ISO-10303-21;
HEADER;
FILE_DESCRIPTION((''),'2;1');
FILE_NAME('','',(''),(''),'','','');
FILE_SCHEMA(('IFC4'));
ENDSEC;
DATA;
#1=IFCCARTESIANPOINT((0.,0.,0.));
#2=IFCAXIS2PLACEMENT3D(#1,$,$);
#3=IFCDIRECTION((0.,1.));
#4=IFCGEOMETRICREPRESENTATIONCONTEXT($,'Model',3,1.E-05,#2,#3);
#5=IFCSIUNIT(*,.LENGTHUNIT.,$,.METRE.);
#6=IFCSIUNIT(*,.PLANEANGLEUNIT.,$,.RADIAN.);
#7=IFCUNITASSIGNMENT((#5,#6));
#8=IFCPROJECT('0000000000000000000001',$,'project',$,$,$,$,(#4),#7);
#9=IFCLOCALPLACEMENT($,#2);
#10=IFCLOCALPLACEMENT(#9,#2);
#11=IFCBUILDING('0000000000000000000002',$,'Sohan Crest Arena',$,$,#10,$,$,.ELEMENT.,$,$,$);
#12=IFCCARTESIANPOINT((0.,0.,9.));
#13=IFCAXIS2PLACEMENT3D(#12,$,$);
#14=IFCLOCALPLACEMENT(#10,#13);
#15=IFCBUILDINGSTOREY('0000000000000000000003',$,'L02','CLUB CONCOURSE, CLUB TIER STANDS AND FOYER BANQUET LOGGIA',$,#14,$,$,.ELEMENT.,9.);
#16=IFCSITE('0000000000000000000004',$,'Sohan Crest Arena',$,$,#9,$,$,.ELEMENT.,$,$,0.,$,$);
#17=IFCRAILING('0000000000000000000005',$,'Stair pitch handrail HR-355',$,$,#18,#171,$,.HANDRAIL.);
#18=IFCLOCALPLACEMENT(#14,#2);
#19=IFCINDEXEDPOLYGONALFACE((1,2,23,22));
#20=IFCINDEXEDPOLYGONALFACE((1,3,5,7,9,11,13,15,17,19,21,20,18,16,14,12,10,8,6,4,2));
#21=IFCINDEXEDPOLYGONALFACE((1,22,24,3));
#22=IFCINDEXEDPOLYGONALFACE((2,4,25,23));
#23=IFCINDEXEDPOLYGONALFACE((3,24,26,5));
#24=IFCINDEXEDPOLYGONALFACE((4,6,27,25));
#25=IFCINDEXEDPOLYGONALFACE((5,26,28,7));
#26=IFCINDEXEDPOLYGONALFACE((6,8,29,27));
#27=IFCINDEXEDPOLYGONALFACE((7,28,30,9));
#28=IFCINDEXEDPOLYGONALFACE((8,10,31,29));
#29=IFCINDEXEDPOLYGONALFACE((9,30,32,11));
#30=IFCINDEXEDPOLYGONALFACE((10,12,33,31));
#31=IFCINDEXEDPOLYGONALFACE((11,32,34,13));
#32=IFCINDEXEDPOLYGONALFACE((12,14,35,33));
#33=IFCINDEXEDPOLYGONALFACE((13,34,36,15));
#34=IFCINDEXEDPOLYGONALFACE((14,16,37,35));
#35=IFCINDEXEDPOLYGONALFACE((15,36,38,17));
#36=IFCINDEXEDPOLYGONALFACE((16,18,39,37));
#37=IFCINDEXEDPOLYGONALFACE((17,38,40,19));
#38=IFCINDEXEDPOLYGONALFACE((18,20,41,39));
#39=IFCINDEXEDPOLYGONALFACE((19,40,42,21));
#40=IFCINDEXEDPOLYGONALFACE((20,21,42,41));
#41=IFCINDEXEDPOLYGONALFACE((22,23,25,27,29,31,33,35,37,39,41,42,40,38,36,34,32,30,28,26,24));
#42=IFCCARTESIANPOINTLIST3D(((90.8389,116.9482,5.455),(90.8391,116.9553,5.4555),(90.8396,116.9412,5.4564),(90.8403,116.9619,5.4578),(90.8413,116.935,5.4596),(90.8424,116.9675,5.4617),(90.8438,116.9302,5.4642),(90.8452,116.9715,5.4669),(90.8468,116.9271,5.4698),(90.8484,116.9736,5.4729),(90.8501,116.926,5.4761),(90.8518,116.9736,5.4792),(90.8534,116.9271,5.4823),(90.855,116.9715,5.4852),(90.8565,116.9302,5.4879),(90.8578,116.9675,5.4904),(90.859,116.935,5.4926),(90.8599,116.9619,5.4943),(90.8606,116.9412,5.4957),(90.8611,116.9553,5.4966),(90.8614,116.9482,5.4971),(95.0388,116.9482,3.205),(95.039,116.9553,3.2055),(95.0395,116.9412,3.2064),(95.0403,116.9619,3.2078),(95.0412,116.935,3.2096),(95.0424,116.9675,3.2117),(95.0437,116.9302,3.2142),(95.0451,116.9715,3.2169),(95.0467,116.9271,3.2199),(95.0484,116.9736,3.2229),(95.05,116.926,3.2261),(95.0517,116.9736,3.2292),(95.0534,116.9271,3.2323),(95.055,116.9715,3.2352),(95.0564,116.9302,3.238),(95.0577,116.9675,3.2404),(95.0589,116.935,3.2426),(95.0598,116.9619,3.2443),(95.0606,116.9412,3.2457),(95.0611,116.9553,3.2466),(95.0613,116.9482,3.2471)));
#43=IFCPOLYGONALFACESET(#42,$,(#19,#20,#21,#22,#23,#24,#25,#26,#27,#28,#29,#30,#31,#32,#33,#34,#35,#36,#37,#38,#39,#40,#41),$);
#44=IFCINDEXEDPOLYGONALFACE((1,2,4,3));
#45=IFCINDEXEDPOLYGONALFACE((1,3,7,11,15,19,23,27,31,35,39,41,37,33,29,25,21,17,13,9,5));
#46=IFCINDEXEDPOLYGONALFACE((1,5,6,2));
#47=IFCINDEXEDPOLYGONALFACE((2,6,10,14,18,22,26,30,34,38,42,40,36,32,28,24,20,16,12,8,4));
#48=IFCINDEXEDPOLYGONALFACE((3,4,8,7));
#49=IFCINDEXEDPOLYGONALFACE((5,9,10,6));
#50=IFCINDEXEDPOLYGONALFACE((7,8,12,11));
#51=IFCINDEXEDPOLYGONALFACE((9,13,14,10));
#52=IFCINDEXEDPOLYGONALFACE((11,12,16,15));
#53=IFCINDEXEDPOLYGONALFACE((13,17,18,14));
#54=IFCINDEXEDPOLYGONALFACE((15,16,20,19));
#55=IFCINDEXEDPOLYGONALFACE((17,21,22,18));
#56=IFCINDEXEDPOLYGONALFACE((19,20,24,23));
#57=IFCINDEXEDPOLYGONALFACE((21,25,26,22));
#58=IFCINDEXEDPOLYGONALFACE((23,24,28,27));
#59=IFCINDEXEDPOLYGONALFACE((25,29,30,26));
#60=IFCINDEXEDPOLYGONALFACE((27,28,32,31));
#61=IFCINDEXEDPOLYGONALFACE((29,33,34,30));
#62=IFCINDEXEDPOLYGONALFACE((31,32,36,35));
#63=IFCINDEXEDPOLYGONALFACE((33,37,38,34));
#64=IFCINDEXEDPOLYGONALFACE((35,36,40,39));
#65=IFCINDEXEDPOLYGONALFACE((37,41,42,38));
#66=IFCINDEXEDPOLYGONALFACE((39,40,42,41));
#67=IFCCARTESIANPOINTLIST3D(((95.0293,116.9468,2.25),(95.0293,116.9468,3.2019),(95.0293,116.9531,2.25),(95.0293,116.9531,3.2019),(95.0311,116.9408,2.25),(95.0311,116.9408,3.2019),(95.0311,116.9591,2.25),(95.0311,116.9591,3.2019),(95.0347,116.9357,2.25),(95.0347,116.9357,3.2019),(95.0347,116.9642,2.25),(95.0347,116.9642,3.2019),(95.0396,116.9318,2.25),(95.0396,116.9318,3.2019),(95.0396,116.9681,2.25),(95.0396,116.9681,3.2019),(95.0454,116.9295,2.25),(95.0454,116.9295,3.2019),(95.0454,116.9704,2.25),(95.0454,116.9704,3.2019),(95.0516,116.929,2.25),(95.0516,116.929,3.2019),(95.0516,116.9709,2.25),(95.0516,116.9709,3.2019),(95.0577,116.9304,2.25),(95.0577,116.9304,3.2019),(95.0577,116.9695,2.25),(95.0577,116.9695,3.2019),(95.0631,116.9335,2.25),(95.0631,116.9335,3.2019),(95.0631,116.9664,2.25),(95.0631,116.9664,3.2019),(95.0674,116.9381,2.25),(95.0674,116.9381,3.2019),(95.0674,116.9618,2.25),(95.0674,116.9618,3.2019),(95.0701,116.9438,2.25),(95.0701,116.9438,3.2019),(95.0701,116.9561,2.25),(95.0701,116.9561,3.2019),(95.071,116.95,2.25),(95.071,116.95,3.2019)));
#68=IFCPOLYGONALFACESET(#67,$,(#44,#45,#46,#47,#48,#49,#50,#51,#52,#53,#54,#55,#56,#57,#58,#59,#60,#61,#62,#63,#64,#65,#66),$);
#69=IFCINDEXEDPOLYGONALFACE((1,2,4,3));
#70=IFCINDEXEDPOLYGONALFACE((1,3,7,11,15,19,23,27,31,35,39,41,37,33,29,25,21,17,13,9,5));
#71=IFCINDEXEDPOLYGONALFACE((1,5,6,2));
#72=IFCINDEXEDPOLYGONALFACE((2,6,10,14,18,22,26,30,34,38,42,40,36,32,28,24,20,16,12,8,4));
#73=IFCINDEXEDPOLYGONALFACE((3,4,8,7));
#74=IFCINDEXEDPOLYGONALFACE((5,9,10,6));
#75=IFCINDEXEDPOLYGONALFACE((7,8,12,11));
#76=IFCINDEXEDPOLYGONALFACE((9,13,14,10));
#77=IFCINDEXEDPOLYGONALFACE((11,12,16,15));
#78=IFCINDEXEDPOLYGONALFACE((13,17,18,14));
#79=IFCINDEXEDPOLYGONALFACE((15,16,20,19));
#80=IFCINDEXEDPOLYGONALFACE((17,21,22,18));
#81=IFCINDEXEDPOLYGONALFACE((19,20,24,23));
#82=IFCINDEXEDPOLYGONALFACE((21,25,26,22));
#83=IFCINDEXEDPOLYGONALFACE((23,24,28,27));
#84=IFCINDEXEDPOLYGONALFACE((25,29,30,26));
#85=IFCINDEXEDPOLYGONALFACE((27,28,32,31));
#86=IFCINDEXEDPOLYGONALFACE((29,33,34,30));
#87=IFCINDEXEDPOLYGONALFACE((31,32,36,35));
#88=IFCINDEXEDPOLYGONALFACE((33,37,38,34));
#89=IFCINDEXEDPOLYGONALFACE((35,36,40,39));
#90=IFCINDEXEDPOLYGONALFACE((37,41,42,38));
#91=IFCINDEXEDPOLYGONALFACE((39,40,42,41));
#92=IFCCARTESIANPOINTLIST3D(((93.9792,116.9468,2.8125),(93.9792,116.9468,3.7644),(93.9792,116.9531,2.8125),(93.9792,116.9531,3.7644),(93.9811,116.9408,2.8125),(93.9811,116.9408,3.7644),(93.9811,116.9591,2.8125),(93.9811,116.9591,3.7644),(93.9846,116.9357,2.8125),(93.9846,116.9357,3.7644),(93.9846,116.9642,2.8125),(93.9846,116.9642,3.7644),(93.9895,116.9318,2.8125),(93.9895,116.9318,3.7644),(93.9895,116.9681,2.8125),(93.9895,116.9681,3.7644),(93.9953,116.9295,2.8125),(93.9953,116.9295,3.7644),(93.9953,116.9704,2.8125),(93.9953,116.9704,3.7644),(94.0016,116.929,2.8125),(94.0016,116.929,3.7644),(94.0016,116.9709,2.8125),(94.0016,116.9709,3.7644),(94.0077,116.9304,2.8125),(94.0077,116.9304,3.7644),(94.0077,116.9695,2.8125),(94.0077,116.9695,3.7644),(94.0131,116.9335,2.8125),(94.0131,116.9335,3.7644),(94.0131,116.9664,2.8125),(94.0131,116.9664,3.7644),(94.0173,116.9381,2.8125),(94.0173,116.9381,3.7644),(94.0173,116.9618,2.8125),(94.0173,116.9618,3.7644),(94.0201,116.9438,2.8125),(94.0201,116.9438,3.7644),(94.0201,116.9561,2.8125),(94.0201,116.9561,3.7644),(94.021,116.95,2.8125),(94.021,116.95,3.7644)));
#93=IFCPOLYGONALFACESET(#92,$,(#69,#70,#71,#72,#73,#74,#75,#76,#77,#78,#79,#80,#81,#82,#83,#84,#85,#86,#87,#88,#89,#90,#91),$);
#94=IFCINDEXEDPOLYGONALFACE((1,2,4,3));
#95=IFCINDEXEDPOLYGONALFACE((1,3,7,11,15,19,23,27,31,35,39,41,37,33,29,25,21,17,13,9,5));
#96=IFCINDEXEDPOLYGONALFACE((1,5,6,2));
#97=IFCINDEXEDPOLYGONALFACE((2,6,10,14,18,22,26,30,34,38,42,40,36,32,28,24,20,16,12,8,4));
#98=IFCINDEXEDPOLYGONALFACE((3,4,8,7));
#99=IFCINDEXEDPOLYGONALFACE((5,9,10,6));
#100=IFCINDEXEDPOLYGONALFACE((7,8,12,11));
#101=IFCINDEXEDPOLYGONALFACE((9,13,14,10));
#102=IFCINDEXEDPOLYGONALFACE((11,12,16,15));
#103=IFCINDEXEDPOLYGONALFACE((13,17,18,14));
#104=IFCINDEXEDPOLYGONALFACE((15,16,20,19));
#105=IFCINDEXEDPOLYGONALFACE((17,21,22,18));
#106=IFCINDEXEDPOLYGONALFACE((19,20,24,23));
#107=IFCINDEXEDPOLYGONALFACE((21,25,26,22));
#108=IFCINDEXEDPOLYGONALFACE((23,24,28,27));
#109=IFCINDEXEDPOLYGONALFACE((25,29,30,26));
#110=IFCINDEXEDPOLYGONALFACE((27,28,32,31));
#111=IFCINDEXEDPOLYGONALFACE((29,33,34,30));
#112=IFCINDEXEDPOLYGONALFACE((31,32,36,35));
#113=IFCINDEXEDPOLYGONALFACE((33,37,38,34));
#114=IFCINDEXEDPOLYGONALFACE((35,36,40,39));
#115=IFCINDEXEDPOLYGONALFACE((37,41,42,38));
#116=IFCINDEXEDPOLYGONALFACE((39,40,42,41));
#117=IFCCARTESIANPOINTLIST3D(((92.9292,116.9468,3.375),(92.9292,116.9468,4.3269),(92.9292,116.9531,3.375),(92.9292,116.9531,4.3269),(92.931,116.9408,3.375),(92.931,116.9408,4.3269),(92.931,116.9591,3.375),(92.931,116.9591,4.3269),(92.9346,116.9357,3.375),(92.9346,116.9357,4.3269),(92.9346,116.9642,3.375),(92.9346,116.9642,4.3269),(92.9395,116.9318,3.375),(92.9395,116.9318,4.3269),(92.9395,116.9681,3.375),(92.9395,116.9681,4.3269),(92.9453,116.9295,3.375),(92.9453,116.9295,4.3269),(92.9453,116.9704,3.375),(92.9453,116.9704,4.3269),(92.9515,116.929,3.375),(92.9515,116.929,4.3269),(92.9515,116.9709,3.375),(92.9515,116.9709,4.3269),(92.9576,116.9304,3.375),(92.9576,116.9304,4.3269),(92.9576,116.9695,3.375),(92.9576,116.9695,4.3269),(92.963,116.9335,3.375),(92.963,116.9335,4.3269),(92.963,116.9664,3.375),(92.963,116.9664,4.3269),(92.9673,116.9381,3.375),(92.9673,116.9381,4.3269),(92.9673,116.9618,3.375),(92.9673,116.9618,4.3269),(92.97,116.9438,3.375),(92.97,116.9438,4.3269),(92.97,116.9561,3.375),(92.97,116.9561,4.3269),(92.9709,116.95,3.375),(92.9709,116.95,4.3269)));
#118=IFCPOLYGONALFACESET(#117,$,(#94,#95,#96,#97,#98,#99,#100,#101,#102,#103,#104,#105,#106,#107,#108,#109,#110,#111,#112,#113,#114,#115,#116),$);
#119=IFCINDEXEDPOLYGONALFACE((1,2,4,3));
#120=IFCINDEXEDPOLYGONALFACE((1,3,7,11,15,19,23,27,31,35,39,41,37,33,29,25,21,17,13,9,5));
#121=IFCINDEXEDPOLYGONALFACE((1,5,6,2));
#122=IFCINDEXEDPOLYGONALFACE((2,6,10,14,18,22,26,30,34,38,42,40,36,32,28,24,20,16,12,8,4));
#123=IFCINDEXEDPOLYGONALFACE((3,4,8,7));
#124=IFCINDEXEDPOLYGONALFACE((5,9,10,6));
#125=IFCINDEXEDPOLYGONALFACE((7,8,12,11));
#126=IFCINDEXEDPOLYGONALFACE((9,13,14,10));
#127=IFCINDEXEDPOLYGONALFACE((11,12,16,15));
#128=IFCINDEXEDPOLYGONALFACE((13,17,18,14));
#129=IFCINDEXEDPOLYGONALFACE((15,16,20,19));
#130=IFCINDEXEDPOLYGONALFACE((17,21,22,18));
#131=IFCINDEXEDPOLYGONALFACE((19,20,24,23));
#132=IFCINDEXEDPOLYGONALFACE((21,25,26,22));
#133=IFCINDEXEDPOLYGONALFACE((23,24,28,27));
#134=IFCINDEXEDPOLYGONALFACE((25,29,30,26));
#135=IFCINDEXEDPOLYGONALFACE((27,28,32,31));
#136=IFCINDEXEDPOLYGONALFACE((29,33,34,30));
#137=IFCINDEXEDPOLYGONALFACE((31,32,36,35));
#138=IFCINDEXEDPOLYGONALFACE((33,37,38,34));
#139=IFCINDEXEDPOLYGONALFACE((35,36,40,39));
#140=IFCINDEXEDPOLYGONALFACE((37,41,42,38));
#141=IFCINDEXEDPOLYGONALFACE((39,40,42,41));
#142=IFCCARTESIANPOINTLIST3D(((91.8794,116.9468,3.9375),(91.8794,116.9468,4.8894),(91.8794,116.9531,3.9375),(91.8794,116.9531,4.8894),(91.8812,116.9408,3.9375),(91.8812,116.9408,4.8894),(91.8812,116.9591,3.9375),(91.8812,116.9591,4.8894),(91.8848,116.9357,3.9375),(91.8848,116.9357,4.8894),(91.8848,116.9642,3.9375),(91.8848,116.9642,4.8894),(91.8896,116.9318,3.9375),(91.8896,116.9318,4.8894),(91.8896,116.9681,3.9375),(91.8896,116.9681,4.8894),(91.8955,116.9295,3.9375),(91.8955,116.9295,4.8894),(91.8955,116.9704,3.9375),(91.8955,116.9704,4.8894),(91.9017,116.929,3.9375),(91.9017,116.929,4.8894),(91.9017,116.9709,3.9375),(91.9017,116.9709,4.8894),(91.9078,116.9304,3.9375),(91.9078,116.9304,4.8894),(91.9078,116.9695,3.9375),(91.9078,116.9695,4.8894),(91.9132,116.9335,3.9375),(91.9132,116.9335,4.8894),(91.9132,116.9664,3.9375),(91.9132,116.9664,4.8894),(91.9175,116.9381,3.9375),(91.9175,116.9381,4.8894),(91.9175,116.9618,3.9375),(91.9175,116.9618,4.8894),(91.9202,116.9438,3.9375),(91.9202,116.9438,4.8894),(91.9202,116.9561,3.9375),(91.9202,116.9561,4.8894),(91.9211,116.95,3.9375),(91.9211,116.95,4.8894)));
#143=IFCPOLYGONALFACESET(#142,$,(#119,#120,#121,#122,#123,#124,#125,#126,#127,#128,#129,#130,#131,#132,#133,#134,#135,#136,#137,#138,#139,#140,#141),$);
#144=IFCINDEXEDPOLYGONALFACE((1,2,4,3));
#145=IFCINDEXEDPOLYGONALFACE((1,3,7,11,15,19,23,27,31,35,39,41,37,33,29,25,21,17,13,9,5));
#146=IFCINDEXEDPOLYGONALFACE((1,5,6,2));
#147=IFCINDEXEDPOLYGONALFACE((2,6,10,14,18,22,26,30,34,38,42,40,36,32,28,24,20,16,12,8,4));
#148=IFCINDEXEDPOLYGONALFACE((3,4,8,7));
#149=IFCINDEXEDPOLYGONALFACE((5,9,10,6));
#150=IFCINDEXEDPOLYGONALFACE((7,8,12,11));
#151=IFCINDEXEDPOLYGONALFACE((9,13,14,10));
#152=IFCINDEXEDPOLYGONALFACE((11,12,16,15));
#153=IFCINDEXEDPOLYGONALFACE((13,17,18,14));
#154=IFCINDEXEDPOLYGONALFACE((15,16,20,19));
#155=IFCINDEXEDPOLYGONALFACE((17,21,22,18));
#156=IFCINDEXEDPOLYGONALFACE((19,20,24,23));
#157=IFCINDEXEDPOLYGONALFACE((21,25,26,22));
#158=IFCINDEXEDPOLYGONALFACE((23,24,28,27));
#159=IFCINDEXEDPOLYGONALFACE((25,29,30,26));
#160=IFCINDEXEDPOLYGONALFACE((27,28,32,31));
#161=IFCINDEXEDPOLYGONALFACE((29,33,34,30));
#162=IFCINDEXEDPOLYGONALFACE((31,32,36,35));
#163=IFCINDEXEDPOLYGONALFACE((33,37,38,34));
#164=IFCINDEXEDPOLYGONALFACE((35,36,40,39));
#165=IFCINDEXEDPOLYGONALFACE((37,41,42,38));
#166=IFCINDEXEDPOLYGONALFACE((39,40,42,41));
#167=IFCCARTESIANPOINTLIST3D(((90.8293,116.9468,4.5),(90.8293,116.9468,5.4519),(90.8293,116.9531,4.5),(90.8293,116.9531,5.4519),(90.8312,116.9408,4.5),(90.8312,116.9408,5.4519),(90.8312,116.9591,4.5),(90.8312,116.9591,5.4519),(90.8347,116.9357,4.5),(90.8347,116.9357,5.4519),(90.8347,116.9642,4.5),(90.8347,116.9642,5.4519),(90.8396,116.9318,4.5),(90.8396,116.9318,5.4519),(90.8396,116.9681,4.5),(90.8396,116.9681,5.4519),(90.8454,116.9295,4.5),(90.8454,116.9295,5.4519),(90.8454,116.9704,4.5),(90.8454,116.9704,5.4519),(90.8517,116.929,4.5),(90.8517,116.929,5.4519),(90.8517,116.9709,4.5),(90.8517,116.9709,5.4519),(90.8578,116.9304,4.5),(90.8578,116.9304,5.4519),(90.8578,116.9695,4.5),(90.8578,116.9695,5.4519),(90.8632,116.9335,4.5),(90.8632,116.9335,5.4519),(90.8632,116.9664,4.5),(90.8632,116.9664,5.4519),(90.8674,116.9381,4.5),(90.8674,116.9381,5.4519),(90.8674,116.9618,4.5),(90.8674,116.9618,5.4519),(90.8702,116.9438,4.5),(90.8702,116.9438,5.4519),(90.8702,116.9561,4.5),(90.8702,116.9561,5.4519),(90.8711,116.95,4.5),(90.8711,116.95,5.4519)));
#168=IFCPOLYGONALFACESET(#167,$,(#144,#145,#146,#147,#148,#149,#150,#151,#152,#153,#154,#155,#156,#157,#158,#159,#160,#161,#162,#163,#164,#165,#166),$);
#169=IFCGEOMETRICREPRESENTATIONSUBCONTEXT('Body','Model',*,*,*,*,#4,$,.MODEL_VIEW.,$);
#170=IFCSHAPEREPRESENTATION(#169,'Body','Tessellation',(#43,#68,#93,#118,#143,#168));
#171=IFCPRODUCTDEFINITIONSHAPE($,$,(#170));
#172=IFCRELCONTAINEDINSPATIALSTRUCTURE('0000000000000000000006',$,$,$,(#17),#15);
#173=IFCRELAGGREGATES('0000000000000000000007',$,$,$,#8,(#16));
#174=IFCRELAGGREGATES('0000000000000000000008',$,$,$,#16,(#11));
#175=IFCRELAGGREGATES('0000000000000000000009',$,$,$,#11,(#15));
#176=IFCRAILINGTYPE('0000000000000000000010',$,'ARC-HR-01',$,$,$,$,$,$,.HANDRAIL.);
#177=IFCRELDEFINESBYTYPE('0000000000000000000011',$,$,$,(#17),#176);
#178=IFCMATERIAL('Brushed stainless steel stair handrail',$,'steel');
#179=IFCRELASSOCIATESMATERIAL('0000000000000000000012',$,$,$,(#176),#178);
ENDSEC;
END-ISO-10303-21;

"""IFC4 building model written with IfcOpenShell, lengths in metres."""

from ifc_helpers import new_model, si_unit, direction, frame, origin, origin_2d, place, context, subcontext, project, spatial, circle, extrude, material, type_object, element, save


model = new_model("IFC4")

# Units and contexts
model_context = context("Model", 3, precision=1e-05, world=origin(), true_north=direction((0.0, 1.0)))
body_context = subcontext(model_context, "Body", "Model", "MODEL_VIEW")
ifc_project = project(units=[si_unit("LENGTHUNIT", "METRE"), si_unit("PLANEANGLEUNIT", "RADIAN")], contexts=[model_context])

# Site, building, storey
site_placement = place(None, origin())
site = spatial("IfcSite", under=ifc_project, at=site_placement, Name="Sohan Crest Arena", CompositionType="ELEMENT", RefElevation=0.0)
building_placement = place(site_placement, origin())
building = spatial("IfcBuilding", under=site, at=building_placement, Name="Sohan Crest Arena", CompositionType="ELEMENT")
storey_placement = place(building_placement, frame((0.0, 0.0, 9.0)))
storey = spatial("IfcBuildingStorey", under=building, at=storey_placement, Name="L02", Description="CLUB CONCOURSE, CLUB TIER STANDS AND FOYER BANQUET LOGGIA", CompositionType="ELEMENT", Elevation=9.0)

# Railing
ifc_material_1 = material(Name="Brushed stainless steel stair handrail", Category="steel")
railing_type_1 = type_object("IfcRailingType", Name="ARC-HR-01", PredefinedType="HANDRAIL", material=ifc_material_1)
railing_1_placement = place(storey_placement, frame((95.05, 116.95, 2.25)))
element("IfcRailing", 1, at=railing_1_placement, inside=storey, type_object=railing_type_1, Name="Stair pitch handrail HR-355", PredefinedType="HANDRAIL", context=body_context, shape_type="SweptSolid", body=[
    extrude(circle(Radius=0.0239, at=origin_2d()), frame((0.0, 0.0, 0.9761), z_axis=(-0.881478, 0.0, 0.472226), x_axis=(0.0, -1.0, 0.0)), (0.0, 0.0, 1.0), 4.7646),
    extrude(circle(Radius=0.021, at=origin_2d()), origin(), (0.0, 0.0, 1.0), 0.9519),
    extrude(circle(Radius=0.021, at=origin_2d()), frame((-1.05, 0.0, 0.5625)), (0.0, 0.0, 1.0), 0.9519),
    extrude(circle(Radius=0.021, at=origin_2d()), frame((-2.1001, 0.0, 1.125)), (0.0, 0.0, 1.0), 0.9519),
    extrude(circle(Radius=0.021, at=origin_2d()), frame((-3.1499, 0.0, 1.6875)), (0.0, 0.0, 1.0), 0.9519),
    extrude(circle(Radius=0.021, at=origin_2d()), frame((-4.2, 0.0, 2.25)), (0.0, 0.0, 1.0), 0.9519),
])

save(model, "model.ifc")
